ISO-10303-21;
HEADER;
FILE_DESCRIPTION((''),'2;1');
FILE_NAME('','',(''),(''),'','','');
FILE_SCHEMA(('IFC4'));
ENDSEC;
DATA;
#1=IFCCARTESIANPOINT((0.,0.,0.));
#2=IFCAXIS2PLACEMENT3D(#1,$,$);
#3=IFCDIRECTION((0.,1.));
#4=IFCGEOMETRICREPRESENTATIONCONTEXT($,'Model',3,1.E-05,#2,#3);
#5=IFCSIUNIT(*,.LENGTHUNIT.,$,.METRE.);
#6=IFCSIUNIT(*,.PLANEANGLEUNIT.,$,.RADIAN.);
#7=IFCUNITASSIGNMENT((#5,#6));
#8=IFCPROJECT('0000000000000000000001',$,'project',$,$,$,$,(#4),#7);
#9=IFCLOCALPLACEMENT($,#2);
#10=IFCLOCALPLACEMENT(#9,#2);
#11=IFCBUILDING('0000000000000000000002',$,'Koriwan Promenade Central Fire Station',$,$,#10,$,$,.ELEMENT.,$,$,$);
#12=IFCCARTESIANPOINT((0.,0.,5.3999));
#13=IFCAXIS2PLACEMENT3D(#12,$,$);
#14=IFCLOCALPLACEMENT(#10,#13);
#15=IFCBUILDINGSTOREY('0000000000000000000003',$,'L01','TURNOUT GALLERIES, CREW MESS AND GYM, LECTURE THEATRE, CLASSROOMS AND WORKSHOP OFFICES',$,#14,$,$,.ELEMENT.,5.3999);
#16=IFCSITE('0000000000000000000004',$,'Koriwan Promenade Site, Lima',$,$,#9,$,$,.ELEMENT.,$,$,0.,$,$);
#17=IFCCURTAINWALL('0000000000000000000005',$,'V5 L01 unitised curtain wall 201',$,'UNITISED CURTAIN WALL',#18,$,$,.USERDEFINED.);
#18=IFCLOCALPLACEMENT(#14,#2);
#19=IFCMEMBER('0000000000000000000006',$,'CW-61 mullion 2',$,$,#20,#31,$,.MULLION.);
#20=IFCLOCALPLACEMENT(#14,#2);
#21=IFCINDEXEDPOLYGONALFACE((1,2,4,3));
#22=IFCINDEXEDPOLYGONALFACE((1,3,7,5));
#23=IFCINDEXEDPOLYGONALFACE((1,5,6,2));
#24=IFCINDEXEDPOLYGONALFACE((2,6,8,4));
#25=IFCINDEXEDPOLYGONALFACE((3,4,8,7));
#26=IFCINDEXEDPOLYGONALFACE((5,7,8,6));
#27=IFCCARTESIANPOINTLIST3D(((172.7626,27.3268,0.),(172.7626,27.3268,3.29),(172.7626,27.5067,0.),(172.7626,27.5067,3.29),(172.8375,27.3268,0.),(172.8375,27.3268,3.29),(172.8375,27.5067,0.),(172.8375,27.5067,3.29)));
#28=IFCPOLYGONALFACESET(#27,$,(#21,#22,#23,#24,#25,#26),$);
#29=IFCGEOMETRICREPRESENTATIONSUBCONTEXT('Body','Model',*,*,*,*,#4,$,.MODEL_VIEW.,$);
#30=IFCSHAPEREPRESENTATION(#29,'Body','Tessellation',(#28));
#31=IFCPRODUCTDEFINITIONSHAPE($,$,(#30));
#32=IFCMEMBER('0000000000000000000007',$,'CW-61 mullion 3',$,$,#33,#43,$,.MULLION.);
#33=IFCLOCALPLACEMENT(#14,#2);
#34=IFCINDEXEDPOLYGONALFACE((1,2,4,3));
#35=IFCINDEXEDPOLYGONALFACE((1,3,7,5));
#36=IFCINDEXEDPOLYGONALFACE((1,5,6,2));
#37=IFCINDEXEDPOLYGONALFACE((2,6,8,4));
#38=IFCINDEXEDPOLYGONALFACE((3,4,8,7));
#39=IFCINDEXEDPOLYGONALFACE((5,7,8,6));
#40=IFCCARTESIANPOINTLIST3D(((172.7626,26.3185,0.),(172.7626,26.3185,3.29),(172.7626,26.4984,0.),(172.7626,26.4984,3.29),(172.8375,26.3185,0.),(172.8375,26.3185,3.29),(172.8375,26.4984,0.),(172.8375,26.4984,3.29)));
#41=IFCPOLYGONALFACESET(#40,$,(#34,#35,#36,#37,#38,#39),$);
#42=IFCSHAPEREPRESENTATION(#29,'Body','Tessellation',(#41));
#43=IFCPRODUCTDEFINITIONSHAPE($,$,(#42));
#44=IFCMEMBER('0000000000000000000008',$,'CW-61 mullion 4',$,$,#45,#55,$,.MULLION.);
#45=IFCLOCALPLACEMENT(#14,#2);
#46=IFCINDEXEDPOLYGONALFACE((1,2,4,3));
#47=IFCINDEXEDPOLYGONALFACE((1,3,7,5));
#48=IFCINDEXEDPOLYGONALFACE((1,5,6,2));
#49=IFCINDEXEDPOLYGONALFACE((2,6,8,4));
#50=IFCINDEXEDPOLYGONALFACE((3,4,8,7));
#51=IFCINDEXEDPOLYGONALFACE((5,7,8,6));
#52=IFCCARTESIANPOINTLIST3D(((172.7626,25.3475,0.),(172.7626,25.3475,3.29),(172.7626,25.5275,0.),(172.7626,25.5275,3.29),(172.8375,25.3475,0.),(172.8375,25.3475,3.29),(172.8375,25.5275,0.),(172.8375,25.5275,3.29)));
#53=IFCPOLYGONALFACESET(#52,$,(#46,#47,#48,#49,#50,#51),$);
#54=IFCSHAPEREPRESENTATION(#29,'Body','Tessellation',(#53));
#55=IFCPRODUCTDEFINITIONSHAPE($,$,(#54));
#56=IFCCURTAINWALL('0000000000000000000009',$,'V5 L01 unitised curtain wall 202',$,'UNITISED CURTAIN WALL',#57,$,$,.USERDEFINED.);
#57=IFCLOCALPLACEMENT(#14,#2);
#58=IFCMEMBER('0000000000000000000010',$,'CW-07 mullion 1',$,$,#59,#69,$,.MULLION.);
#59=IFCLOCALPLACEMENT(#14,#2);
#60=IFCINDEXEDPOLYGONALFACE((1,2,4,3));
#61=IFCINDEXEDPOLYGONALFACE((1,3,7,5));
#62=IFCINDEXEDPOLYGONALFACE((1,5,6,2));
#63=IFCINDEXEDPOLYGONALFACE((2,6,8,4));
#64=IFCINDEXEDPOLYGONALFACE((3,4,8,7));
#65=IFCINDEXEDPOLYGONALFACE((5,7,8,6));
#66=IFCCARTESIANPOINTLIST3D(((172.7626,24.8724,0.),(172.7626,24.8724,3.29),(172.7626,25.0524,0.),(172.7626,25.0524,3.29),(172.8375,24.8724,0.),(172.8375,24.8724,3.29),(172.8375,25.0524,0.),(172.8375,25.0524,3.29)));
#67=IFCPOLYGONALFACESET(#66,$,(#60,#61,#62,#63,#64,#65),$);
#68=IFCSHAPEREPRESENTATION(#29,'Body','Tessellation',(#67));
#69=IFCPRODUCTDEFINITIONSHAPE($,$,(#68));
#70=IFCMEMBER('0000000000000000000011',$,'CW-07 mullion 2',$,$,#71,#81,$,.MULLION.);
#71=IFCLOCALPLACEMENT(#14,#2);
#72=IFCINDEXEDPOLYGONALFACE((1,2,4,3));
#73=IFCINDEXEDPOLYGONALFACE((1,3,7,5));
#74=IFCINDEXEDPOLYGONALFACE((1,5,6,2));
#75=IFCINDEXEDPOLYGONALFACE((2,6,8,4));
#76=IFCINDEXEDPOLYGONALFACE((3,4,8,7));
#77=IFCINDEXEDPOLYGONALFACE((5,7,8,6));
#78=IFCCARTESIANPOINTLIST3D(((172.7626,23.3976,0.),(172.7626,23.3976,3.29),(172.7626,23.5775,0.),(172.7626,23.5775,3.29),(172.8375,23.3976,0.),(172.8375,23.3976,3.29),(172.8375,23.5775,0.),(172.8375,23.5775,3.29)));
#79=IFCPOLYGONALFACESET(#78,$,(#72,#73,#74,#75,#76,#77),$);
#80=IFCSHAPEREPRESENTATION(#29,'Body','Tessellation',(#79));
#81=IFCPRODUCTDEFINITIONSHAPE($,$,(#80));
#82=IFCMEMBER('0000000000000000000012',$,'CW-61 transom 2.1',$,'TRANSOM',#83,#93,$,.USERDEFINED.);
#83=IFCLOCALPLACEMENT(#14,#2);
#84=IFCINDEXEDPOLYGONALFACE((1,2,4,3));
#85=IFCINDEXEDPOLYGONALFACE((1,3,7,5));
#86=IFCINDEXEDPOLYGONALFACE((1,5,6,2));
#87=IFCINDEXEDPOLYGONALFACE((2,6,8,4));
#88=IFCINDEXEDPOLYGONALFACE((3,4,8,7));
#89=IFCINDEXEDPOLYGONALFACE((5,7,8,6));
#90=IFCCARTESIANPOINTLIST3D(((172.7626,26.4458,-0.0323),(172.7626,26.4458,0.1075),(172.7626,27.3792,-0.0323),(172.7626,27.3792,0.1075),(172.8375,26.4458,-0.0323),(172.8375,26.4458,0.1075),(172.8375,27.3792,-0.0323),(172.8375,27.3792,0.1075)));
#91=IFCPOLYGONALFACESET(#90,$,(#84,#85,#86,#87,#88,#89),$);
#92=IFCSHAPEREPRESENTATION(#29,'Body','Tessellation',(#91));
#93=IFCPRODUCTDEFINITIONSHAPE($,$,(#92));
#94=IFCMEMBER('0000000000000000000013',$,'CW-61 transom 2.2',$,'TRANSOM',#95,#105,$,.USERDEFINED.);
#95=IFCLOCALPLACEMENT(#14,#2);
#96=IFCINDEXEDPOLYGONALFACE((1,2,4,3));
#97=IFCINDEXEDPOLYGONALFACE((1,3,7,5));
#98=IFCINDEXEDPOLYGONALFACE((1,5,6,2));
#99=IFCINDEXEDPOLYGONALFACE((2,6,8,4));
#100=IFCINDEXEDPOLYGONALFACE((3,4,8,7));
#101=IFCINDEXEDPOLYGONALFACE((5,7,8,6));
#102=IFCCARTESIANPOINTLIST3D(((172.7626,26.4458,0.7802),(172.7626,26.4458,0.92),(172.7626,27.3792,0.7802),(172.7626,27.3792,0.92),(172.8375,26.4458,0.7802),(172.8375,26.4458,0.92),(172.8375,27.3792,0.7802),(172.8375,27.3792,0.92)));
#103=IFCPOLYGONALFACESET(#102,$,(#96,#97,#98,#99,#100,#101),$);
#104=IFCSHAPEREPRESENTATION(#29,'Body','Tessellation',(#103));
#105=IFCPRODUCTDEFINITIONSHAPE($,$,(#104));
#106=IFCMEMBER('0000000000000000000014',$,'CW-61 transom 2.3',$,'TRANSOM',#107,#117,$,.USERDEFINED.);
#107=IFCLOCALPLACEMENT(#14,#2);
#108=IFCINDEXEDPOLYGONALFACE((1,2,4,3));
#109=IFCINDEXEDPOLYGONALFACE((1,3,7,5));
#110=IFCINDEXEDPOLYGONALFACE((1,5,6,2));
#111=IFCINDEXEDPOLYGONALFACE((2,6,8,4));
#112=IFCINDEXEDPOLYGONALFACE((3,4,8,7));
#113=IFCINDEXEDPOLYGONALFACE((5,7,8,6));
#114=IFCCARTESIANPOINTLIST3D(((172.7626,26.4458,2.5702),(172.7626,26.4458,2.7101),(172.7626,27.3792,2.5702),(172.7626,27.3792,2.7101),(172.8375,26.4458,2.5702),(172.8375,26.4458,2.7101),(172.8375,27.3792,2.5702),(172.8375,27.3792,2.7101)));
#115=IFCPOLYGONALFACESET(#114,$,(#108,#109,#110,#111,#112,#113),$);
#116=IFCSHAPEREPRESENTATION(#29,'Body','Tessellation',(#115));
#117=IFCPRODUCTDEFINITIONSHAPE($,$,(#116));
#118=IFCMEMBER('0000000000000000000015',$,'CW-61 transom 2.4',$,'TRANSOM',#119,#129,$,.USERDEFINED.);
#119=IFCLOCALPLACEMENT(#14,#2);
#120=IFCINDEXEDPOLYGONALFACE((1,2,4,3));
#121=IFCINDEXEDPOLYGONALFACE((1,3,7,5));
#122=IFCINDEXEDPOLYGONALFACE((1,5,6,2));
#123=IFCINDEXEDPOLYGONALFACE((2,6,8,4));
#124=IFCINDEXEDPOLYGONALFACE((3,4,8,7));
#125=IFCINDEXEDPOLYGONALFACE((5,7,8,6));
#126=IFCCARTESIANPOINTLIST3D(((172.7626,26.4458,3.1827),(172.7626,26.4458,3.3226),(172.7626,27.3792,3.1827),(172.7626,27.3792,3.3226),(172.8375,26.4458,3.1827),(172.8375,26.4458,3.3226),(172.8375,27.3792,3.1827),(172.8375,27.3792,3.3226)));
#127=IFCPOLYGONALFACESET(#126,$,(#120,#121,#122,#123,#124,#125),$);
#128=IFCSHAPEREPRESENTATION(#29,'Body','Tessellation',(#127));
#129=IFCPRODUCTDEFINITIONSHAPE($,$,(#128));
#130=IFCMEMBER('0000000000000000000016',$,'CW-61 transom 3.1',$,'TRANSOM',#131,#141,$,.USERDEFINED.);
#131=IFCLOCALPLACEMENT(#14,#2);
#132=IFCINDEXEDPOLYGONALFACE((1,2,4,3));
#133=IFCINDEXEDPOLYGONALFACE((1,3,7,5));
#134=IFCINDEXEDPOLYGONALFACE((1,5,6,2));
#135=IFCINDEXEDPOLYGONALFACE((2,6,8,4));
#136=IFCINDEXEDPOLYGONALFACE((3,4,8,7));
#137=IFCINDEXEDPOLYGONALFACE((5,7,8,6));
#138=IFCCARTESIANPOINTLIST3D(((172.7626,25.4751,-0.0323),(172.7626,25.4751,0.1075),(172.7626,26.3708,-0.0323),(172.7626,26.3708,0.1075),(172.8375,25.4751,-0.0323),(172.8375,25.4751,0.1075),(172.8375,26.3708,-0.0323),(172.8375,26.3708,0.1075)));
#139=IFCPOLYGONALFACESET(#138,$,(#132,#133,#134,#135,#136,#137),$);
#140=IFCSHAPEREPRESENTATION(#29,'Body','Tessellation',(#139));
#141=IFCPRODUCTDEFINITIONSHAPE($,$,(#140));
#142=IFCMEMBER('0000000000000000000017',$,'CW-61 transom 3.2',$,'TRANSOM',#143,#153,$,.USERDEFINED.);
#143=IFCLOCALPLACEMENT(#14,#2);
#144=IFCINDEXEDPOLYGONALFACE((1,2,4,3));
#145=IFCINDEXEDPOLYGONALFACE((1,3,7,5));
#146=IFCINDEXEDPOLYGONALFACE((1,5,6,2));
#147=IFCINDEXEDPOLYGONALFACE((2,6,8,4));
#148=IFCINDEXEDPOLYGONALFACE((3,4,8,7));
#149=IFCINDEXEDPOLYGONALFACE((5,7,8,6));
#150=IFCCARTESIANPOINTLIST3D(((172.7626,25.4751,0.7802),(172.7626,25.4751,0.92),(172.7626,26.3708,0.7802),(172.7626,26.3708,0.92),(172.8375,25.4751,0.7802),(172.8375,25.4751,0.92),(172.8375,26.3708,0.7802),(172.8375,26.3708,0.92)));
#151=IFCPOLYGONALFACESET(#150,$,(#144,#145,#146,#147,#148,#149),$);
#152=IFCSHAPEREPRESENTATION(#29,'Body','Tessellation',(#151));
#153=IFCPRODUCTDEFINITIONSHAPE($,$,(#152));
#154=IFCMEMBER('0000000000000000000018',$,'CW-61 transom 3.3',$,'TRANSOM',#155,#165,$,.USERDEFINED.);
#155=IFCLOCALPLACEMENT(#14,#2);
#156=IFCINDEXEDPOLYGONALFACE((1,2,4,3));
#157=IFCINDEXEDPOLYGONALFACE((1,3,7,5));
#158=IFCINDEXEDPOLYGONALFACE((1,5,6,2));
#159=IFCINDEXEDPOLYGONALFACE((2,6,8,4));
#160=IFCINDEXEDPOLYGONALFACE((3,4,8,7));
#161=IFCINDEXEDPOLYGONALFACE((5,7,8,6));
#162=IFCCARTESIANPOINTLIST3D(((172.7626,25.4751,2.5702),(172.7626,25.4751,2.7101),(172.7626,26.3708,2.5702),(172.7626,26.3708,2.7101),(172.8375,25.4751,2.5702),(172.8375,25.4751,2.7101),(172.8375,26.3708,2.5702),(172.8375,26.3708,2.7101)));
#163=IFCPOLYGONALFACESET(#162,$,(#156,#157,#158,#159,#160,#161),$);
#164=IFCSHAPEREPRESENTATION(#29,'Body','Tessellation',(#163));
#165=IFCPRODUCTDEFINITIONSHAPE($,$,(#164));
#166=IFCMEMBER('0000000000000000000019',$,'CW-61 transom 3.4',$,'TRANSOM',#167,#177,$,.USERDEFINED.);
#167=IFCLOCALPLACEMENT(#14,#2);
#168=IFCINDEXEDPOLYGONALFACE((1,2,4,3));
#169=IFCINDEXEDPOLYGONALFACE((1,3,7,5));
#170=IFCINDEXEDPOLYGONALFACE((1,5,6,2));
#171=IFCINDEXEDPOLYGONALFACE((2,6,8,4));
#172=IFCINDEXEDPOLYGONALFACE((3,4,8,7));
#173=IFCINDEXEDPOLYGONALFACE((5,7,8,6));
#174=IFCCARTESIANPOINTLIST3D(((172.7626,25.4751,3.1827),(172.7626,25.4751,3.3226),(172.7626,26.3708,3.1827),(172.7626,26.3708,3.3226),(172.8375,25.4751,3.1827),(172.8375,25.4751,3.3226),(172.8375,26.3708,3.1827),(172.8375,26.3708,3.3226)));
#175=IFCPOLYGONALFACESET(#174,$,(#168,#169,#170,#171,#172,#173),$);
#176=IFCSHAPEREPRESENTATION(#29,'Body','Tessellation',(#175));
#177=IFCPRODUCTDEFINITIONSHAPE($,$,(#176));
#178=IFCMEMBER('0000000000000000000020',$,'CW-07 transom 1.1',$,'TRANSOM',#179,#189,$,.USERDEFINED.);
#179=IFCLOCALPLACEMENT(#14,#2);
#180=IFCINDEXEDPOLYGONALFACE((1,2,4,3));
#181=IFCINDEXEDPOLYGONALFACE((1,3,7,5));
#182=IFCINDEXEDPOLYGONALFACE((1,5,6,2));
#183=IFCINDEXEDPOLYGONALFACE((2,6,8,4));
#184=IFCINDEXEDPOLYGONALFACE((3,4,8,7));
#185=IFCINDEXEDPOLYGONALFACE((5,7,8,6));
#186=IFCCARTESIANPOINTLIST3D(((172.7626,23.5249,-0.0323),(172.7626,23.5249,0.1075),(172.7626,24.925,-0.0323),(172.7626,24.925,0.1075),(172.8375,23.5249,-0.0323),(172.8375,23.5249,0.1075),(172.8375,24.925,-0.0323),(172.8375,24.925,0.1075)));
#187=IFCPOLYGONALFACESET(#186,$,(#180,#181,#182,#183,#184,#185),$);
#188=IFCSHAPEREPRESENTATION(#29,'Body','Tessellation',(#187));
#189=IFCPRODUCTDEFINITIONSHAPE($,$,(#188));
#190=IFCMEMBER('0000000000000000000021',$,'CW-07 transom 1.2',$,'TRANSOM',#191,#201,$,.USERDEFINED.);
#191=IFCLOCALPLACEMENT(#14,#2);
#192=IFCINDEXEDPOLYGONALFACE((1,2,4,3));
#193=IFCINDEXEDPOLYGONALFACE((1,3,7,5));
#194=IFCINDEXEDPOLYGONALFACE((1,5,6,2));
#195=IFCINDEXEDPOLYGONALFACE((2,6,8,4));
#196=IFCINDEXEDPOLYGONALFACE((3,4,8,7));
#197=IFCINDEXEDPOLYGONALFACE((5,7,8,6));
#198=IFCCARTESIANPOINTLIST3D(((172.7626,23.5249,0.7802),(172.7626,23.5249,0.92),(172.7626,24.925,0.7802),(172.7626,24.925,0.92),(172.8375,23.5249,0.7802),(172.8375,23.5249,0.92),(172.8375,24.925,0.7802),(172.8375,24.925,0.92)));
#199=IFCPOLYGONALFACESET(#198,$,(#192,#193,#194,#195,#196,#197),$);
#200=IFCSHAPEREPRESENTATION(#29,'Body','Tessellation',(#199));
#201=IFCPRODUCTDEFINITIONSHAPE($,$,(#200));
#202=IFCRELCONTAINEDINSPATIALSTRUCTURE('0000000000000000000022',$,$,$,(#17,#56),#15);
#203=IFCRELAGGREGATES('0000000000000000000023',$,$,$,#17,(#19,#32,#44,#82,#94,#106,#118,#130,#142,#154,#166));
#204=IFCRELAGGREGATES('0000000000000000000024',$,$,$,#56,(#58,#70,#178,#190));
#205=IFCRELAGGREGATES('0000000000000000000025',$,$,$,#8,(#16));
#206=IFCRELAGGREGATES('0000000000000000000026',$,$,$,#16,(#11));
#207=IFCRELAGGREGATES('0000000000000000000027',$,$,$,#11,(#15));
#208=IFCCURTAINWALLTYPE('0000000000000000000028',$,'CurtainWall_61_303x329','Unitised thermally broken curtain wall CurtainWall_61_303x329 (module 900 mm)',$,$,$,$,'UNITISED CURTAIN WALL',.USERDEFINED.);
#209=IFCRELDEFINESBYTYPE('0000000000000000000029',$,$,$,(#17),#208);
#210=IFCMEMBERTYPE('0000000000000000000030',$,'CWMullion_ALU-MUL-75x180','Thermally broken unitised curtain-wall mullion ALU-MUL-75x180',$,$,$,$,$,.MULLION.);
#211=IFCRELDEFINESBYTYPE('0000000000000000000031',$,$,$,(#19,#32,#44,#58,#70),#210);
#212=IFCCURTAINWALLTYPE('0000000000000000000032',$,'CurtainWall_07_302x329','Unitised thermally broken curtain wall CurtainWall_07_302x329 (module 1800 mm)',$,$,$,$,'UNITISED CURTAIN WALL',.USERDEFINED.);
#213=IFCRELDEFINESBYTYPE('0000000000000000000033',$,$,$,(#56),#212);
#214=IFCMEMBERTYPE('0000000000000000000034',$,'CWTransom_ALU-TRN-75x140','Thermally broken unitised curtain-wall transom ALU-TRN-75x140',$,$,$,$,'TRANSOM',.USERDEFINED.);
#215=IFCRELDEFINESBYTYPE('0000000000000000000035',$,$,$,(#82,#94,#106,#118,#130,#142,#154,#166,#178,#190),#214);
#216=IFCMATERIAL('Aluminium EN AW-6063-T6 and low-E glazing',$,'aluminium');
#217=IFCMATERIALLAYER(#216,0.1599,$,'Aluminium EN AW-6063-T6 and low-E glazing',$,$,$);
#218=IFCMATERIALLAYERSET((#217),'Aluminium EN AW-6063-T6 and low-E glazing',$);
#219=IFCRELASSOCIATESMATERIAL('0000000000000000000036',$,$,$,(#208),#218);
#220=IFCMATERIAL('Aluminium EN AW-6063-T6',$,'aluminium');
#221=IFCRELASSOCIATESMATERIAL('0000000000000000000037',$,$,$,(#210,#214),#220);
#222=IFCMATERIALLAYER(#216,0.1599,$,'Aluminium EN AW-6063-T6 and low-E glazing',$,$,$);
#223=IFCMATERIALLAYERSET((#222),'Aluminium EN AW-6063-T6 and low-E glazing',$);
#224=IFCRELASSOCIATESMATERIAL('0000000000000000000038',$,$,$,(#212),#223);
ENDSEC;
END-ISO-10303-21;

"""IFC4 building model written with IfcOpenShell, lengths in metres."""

from ifc_helpers import new_model, si_unit, direction, frame, origin, origin_2d, place, context, subcontext, project, spatial, rectangle, extrude, material, layer, layer_set, material_profile, profile_set, type_object, element, aggregate, save


model = new_model("IFC4")

# Units and contexts
model_context = context("Model", 3, precision=1e-05, world=origin(), true_north=direction((0.0, 1.0)))
body_context = subcontext(model_context, "Body", "Model", "MODEL_VIEW")
ifc_project = project(units=[si_unit("LENGTHUNIT", "METRE"), si_unit("PLANEANGLEUNIT", "RADIAN")], contexts=[model_context])

# Site, building, storey
site_placement = place(None, origin())
site = spatial("IfcSite", under=ifc_project, at=site_placement, Name="Koriwan Promenade Site, Lima", CompositionType="ELEMENT", RefElevation=0.0)
building_placement = place(site_placement, origin())
building = spatial("IfcBuilding", under=site, at=building_placement, Name="Koriwan Promenade Central Fire Station", CompositionType="ELEMENT")
storey_placement = place(building_placement, frame((0.0, 0.0, 5.3999)))
storey = spatial("IfcBuildingStorey", under=building, at=storey_placement, Name="L01", Description="TURNOUT GALLERIES, CREW MESS AND GYM, LECTURE THEATRE, CLASSROOMS AND WORKSHOP OFFICES", CompositionType="ELEMENT", Elevation=5.3999)

# Curtain walls, members
ifc_material_1 = material(Name="Aluminium EN AW-6063-T6 and low-E glazing", Category="aluminium")
ifc_layer_1 = layer(ifc_material_1, 0.1599, Name="Aluminium EN AW-6063-T6 and low-E glazing")
ifc_layer_set_1 = layer_set([ifc_layer_1], Name="Aluminium EN AW-6063-T6 and low-E glazing")
curtain_wall_type_1 = type_object("IfcCurtainWallType", Name="CurtainWall_61_303x329", Description="Unitised thermally broken curtain wall CurtainWall_61_303x329 (module 900 mm)", ElementType="UNITISED CURTAIN WALL", PredefinedType="USERDEFINED", material=ifc_layer_set_1)
curtain_wall_1_placement = place(storey_placement, origin())
curtain_wall_1 = element("IfcCurtainWall", 1, at=curtain_wall_1_placement, inside=storey, type_object=curtain_wall_type_1, Name="V5 L01 unitised curtain wall 201", ObjectType="UNITISED CURTAIN WALL", PredefinedType="USERDEFINED")
ifc_material_2 = material(Name="Aluminium EN AW-6063-T6", Category="aluminium")
ifc_material_profile_1 = material_profile(ifc_material_2, rectangle(XDim=0.075, YDim=0.1799, at=origin_2d()), Name="ALU-MUL-75x180")
ifc_profile_set_1 = profile_set([ifc_material_profile_1], Name="Aluminium EN AW-6063-T6")
member_type_1 = type_object("IfcMemberType", Name="CWMullion_ALU-MUL-75x180", Description="Thermally broken unitised curtain-wall mullion ALU-MUL-75x180", PredefinedType="MULLION", material=ifc_profile_set_1)
member_1_placement = place(storey_placement, frame((172.8, 27.4167, 0.0), z_axis=(0.0, 0.0, 1.0), x_axis=(1.0, 0.0, 0.0)))
member_1 = element("IfcMember", 2, at=member_1_placement, type_object=member_type_1, Name="CW-61 mullion 2", PredefinedType="MULLION", context=body_context, shape_type="SweptSolid", body=[
    extrude(rectangle(XDim=0.075, YDim=0.1799, at=origin_2d()), origin(), (0.0, 0.0, 1.0), 3.29),
])
member_2_placement = place(storey_placement, frame((172.8, 26.4084, 0.0), z_axis=(0.0, 0.0, 1.0), x_axis=(1.0, 0.0, 0.0)))
member_2 = element("IfcMember", 3, at=member_2_placement, type_object=member_type_1, Name="CW-61 mullion 3", PredefinedType="MULLION", context=body_context, shape_type="SweptSolid", body=[
    extrude(rectangle(XDim=0.075, YDim=0.1799, at=origin_2d()), origin(), (0.0, 0.0, 1.0), 3.29),
])
member_3_placement = place(storey_placement, frame((172.8, 25.4375, 0.0), z_axis=(0.0, 0.0, 1.0), x_axis=(1.0, 0.0, 0.0)))
member_3 = element("IfcMember", 4, at=member_3_placement, type_object=member_type_1, Name="CW-61 mullion 4", PredefinedType="MULLION", context=body_context, shape_type="SweptSolid", body=[
    extrude(rectangle(XDim=0.075, YDim=0.1799, at=origin_2d()), origin(), (0.0, 0.0, 1.0), 3.29),
])
ifc_layer_2 = layer(ifc_material_1, 0.1599, Name="Aluminium EN AW-6063-T6 and low-E glazing")
ifc_layer_set_2 = layer_set([ifc_layer_2], Name="Aluminium EN AW-6063-T6 and low-E glazing")
curtain_wall_type_2 = type_object("IfcCurtainWallType", Name="CurtainWall_07_302x329", Description="Unitised thermally broken curtain wall CurtainWall_07_302x329 (module 1800 mm)", ElementType="UNITISED CURTAIN WALL", PredefinedType="USERDEFINED", material=ifc_layer_set_2)
curtain_wall_2_placement = place(storey_placement, origin())
curtain_wall_2 = element("IfcCurtainWall", 5, at=curtain_wall_2_placement, inside=storey, type_object=curtain_wall_type_2, Name="V5 L01 unitised curtain wall 202", ObjectType="UNITISED CURTAIN WALL", PredefinedType="USERDEFINED")
member_4_placement = place(storey_placement, frame((172.8, 24.9624, 0.0), z_axis=(0.0, 0.0, 1.0), x_axis=(1.0, 0.0, 0.0)))
member_4 = element("IfcMember", 6, at=member_4_placement, type_object=member_type_1, Name="CW-07 mullion 1", PredefinedType="MULLION", context=body_context, shape_type="SweptSolid", body=[
    extrude(rectangle(XDim=0.075, YDim=0.1799, at=origin_2d()), origin(), (0.0, 0.0, 1.0), 3.29),
])
member_5_placement = place(storey_placement, frame((172.8, 23.4875, 0.0), z_axis=(0.0, 0.0, 1.0), x_axis=(1.0, 0.0, 0.0)))
member_5 = element("IfcMember", 7, at=member_5_placement, type_object=member_type_1, Name="CW-07 mullion 2", PredefinedType="MULLION", context=body_context, shape_type="SweptSolid", body=[
    extrude(rectangle(XDim=0.075, YDim=0.1799, at=origin_2d()), origin(), (0.0, 0.0, 1.0), 3.29),
])

# Members
ifc_material_profile_2 = material_profile(ifc_material_2, rectangle(XDim=0.075, YDim=0.1399, at=origin_2d()), Name="ALU-TRN-75x140")
ifc_profile_set_2 = profile_set([ifc_material_profile_2], Name="Aluminium EN AW-6063-T6")
member_type_2 = type_object("IfcMemberType", Name="CWTransom_ALU-TRN-75x140", Description="Thermally broken unitised curtain-wall transom ALU-TRN-75x140", ElementType="TRANSOM", PredefinedType="USERDEFINED", material=ifc_profile_set_2)
member_6_placement = place(storey_placement, frame((172.8, 27.3792, 0.0376), z_axis=(0.0, -1.0, 0.0), x_axis=(1.0, 0.0, 0.0)))
member_6 = element("IfcMember", 8, at=member_6_placement, type_object=member_type_2, Name="CW-61 transom 2.1", ObjectType="TRANSOM", PredefinedType="USERDEFINED", context=body_context, shape_type="SweptSolid", body=[
    extrude(rectangle(XDim=0.075, YDim=0.1399, at=origin_2d()), origin(), (0.0, 0.0, 1.0), 0.9333),
])
member_7_placement = place(storey_placement, frame((172.8, 27.3792, 0.8501), z_axis=(0.0, -1.0, 0.0), x_axis=(1.0, 0.0, 0.0)))
member_7 = element("IfcMember", 9, at=member_7_placement, type_object=member_type_2, Name="CW-61 transom 2.2", ObjectType="TRANSOM", PredefinedType="USERDEFINED", context=body_context, shape_type="SweptSolid", body=[
    extrude(rectangle(XDim=0.075, YDim=0.1399, at=origin_2d()), origin(), (0.0, 0.0, 1.0), 0.9333),
])
member_8_placement = place(storey_placement, frame((172.8, 27.3792, 2.6401), z_axis=(0.0, -1.0, 0.0), x_axis=(1.0, 0.0, 0.0)))
member_8 = element("IfcMember", 10, at=member_8_placement, type_object=member_type_2, Name="CW-61 transom 2.3", ObjectType="TRANSOM", PredefinedType="USERDEFINED", context=body_context, shape_type="SweptSolid", body=[
    extrude(rectangle(XDim=0.075, YDim=0.1399, at=origin_2d()), origin(), (0.0, 0.0, 1.0), 0.9333),
])
member_9_placement = place(storey_placement, frame((172.8, 27.3792, 3.2527), z_axis=(0.0, -1.0, 0.0), x_axis=(1.0, 0.0, 0.0)))
member_9 = element("IfcMember", 11, at=member_9_placement, type_object=member_type_2, Name="CW-61 transom 2.4", ObjectType="TRANSOM", PredefinedType="USERDEFINED", context=body_context, shape_type="SweptSolid", body=[
    extrude(rectangle(XDim=0.075, YDim=0.1399, at=origin_2d()), origin(), (0.0, 0.0, 1.0), 0.9333),
])
member_10_placement = place(storey_placement, frame((172.8, 26.3708, 0.0376), z_axis=(0.0, -1.0, 0.0), x_axis=(1.0, 0.0, 0.0)))
member_10 = element("IfcMember", 12, at=member_10_placement, type_object=member_type_2, Name="CW-61 transom 3.1", ObjectType="TRANSOM", PredefinedType="USERDEFINED", context=body_context, shape_type="SweptSolid", body=[
    extrude(rectangle(XDim=0.075, YDim=0.1399, at=origin_2d()), origin(), (0.0, 0.0, 1.0), 0.8958),
])
member_11_placement = place(storey_placement, frame((172.8, 26.3708, 0.8501), z_axis=(0.0, -1.0, 0.0), x_axis=(1.0, 0.0, 0.0)))
member_11 = element("IfcMember", 13, at=member_11_placement, type_object=member_type_2, Name="CW-61 transom 3.2", ObjectType="TRANSOM", PredefinedType="USERDEFINED", context=body_context, shape_type="SweptSolid", body=[
    extrude(rectangle(XDim=0.075, YDim=0.1399, at=origin_2d()), origin(), (0.0, 0.0, 1.0), 0.8958),
])
member_12_placement = place(storey_placement, frame((172.8, 26.3708, 2.6401), z_axis=(0.0, -1.0, 0.0), x_axis=(1.0, 0.0, 0.0)))
member_12 = element("IfcMember", 14, at=member_12_placement, type_object=member_type_2, Name="CW-61 transom 3.3", ObjectType="TRANSOM", PredefinedType="USERDEFINED", context=body_context, shape_type="SweptSolid", body=[
    extrude(rectangle(XDim=0.075, YDim=0.1399, at=origin_2d()), origin(), (0.0, 0.0, 1.0), 0.8958),
])
member_13_placement = place(storey_placement, frame((172.8, 26.3708, 3.2527), z_axis=(0.0, -1.0, 0.0), x_axis=(1.0, 0.0, 0.0)))
member_13 = element("IfcMember", 15, at=member_13_placement, type_object=member_type_2, Name="CW-61 transom 3.4", ObjectType="TRANSOM", PredefinedType="USERDEFINED", context=body_context, shape_type="SweptSolid", body=[
    extrude(rectangle(XDim=0.075, YDim=0.1399, at=origin_2d()), origin(), (0.0, 0.0, 1.0), 0.8958),
])
member_14_placement = place(storey_placement, frame((172.8, 24.925, 0.0376), z_axis=(0.0, -1.0, 0.0), x_axis=(1.0, 0.0, 0.0)))
member_14 = element("IfcMember", 16, at=member_14_placement, type_object=member_type_2, Name="CW-07 transom 1.1", ObjectType="TRANSOM", PredefinedType="USERDEFINED", context=body_context, shape_type="SweptSolid", body=[
    extrude(rectangle(XDim=0.075, YDim=0.1399, at=origin_2d()), origin(), (0.0, 0.0, 1.0), 1.4001),
])
member_15_placement = place(storey_placement, frame((172.8, 24.925, 0.8501), z_axis=(0.0, -1.0, 0.0), x_axis=(1.0, 0.0, 0.0)))
member_15 = element("IfcMember", 17, at=member_15_placement, type_object=member_type_2, Name="CW-07 transom 1.2", ObjectType="TRANSOM", PredefinedType="USERDEFINED", context=body_context, shape_type="SweptSolid", body=[
    extrude(rectangle(XDim=0.075, YDim=0.1399, at=origin_2d()), origin(), (0.0, 0.0, 1.0), 1.4001),
])

aggregate(curtain_wall_1, [member_1, member_2, member_3, member_6, member_7, member_8, member_9, member_10, member_11, member_12, member_13])
aggregate(curtain_wall_2, [member_4, member_5, member_14, member_15])

save(model, "model.ifc")
